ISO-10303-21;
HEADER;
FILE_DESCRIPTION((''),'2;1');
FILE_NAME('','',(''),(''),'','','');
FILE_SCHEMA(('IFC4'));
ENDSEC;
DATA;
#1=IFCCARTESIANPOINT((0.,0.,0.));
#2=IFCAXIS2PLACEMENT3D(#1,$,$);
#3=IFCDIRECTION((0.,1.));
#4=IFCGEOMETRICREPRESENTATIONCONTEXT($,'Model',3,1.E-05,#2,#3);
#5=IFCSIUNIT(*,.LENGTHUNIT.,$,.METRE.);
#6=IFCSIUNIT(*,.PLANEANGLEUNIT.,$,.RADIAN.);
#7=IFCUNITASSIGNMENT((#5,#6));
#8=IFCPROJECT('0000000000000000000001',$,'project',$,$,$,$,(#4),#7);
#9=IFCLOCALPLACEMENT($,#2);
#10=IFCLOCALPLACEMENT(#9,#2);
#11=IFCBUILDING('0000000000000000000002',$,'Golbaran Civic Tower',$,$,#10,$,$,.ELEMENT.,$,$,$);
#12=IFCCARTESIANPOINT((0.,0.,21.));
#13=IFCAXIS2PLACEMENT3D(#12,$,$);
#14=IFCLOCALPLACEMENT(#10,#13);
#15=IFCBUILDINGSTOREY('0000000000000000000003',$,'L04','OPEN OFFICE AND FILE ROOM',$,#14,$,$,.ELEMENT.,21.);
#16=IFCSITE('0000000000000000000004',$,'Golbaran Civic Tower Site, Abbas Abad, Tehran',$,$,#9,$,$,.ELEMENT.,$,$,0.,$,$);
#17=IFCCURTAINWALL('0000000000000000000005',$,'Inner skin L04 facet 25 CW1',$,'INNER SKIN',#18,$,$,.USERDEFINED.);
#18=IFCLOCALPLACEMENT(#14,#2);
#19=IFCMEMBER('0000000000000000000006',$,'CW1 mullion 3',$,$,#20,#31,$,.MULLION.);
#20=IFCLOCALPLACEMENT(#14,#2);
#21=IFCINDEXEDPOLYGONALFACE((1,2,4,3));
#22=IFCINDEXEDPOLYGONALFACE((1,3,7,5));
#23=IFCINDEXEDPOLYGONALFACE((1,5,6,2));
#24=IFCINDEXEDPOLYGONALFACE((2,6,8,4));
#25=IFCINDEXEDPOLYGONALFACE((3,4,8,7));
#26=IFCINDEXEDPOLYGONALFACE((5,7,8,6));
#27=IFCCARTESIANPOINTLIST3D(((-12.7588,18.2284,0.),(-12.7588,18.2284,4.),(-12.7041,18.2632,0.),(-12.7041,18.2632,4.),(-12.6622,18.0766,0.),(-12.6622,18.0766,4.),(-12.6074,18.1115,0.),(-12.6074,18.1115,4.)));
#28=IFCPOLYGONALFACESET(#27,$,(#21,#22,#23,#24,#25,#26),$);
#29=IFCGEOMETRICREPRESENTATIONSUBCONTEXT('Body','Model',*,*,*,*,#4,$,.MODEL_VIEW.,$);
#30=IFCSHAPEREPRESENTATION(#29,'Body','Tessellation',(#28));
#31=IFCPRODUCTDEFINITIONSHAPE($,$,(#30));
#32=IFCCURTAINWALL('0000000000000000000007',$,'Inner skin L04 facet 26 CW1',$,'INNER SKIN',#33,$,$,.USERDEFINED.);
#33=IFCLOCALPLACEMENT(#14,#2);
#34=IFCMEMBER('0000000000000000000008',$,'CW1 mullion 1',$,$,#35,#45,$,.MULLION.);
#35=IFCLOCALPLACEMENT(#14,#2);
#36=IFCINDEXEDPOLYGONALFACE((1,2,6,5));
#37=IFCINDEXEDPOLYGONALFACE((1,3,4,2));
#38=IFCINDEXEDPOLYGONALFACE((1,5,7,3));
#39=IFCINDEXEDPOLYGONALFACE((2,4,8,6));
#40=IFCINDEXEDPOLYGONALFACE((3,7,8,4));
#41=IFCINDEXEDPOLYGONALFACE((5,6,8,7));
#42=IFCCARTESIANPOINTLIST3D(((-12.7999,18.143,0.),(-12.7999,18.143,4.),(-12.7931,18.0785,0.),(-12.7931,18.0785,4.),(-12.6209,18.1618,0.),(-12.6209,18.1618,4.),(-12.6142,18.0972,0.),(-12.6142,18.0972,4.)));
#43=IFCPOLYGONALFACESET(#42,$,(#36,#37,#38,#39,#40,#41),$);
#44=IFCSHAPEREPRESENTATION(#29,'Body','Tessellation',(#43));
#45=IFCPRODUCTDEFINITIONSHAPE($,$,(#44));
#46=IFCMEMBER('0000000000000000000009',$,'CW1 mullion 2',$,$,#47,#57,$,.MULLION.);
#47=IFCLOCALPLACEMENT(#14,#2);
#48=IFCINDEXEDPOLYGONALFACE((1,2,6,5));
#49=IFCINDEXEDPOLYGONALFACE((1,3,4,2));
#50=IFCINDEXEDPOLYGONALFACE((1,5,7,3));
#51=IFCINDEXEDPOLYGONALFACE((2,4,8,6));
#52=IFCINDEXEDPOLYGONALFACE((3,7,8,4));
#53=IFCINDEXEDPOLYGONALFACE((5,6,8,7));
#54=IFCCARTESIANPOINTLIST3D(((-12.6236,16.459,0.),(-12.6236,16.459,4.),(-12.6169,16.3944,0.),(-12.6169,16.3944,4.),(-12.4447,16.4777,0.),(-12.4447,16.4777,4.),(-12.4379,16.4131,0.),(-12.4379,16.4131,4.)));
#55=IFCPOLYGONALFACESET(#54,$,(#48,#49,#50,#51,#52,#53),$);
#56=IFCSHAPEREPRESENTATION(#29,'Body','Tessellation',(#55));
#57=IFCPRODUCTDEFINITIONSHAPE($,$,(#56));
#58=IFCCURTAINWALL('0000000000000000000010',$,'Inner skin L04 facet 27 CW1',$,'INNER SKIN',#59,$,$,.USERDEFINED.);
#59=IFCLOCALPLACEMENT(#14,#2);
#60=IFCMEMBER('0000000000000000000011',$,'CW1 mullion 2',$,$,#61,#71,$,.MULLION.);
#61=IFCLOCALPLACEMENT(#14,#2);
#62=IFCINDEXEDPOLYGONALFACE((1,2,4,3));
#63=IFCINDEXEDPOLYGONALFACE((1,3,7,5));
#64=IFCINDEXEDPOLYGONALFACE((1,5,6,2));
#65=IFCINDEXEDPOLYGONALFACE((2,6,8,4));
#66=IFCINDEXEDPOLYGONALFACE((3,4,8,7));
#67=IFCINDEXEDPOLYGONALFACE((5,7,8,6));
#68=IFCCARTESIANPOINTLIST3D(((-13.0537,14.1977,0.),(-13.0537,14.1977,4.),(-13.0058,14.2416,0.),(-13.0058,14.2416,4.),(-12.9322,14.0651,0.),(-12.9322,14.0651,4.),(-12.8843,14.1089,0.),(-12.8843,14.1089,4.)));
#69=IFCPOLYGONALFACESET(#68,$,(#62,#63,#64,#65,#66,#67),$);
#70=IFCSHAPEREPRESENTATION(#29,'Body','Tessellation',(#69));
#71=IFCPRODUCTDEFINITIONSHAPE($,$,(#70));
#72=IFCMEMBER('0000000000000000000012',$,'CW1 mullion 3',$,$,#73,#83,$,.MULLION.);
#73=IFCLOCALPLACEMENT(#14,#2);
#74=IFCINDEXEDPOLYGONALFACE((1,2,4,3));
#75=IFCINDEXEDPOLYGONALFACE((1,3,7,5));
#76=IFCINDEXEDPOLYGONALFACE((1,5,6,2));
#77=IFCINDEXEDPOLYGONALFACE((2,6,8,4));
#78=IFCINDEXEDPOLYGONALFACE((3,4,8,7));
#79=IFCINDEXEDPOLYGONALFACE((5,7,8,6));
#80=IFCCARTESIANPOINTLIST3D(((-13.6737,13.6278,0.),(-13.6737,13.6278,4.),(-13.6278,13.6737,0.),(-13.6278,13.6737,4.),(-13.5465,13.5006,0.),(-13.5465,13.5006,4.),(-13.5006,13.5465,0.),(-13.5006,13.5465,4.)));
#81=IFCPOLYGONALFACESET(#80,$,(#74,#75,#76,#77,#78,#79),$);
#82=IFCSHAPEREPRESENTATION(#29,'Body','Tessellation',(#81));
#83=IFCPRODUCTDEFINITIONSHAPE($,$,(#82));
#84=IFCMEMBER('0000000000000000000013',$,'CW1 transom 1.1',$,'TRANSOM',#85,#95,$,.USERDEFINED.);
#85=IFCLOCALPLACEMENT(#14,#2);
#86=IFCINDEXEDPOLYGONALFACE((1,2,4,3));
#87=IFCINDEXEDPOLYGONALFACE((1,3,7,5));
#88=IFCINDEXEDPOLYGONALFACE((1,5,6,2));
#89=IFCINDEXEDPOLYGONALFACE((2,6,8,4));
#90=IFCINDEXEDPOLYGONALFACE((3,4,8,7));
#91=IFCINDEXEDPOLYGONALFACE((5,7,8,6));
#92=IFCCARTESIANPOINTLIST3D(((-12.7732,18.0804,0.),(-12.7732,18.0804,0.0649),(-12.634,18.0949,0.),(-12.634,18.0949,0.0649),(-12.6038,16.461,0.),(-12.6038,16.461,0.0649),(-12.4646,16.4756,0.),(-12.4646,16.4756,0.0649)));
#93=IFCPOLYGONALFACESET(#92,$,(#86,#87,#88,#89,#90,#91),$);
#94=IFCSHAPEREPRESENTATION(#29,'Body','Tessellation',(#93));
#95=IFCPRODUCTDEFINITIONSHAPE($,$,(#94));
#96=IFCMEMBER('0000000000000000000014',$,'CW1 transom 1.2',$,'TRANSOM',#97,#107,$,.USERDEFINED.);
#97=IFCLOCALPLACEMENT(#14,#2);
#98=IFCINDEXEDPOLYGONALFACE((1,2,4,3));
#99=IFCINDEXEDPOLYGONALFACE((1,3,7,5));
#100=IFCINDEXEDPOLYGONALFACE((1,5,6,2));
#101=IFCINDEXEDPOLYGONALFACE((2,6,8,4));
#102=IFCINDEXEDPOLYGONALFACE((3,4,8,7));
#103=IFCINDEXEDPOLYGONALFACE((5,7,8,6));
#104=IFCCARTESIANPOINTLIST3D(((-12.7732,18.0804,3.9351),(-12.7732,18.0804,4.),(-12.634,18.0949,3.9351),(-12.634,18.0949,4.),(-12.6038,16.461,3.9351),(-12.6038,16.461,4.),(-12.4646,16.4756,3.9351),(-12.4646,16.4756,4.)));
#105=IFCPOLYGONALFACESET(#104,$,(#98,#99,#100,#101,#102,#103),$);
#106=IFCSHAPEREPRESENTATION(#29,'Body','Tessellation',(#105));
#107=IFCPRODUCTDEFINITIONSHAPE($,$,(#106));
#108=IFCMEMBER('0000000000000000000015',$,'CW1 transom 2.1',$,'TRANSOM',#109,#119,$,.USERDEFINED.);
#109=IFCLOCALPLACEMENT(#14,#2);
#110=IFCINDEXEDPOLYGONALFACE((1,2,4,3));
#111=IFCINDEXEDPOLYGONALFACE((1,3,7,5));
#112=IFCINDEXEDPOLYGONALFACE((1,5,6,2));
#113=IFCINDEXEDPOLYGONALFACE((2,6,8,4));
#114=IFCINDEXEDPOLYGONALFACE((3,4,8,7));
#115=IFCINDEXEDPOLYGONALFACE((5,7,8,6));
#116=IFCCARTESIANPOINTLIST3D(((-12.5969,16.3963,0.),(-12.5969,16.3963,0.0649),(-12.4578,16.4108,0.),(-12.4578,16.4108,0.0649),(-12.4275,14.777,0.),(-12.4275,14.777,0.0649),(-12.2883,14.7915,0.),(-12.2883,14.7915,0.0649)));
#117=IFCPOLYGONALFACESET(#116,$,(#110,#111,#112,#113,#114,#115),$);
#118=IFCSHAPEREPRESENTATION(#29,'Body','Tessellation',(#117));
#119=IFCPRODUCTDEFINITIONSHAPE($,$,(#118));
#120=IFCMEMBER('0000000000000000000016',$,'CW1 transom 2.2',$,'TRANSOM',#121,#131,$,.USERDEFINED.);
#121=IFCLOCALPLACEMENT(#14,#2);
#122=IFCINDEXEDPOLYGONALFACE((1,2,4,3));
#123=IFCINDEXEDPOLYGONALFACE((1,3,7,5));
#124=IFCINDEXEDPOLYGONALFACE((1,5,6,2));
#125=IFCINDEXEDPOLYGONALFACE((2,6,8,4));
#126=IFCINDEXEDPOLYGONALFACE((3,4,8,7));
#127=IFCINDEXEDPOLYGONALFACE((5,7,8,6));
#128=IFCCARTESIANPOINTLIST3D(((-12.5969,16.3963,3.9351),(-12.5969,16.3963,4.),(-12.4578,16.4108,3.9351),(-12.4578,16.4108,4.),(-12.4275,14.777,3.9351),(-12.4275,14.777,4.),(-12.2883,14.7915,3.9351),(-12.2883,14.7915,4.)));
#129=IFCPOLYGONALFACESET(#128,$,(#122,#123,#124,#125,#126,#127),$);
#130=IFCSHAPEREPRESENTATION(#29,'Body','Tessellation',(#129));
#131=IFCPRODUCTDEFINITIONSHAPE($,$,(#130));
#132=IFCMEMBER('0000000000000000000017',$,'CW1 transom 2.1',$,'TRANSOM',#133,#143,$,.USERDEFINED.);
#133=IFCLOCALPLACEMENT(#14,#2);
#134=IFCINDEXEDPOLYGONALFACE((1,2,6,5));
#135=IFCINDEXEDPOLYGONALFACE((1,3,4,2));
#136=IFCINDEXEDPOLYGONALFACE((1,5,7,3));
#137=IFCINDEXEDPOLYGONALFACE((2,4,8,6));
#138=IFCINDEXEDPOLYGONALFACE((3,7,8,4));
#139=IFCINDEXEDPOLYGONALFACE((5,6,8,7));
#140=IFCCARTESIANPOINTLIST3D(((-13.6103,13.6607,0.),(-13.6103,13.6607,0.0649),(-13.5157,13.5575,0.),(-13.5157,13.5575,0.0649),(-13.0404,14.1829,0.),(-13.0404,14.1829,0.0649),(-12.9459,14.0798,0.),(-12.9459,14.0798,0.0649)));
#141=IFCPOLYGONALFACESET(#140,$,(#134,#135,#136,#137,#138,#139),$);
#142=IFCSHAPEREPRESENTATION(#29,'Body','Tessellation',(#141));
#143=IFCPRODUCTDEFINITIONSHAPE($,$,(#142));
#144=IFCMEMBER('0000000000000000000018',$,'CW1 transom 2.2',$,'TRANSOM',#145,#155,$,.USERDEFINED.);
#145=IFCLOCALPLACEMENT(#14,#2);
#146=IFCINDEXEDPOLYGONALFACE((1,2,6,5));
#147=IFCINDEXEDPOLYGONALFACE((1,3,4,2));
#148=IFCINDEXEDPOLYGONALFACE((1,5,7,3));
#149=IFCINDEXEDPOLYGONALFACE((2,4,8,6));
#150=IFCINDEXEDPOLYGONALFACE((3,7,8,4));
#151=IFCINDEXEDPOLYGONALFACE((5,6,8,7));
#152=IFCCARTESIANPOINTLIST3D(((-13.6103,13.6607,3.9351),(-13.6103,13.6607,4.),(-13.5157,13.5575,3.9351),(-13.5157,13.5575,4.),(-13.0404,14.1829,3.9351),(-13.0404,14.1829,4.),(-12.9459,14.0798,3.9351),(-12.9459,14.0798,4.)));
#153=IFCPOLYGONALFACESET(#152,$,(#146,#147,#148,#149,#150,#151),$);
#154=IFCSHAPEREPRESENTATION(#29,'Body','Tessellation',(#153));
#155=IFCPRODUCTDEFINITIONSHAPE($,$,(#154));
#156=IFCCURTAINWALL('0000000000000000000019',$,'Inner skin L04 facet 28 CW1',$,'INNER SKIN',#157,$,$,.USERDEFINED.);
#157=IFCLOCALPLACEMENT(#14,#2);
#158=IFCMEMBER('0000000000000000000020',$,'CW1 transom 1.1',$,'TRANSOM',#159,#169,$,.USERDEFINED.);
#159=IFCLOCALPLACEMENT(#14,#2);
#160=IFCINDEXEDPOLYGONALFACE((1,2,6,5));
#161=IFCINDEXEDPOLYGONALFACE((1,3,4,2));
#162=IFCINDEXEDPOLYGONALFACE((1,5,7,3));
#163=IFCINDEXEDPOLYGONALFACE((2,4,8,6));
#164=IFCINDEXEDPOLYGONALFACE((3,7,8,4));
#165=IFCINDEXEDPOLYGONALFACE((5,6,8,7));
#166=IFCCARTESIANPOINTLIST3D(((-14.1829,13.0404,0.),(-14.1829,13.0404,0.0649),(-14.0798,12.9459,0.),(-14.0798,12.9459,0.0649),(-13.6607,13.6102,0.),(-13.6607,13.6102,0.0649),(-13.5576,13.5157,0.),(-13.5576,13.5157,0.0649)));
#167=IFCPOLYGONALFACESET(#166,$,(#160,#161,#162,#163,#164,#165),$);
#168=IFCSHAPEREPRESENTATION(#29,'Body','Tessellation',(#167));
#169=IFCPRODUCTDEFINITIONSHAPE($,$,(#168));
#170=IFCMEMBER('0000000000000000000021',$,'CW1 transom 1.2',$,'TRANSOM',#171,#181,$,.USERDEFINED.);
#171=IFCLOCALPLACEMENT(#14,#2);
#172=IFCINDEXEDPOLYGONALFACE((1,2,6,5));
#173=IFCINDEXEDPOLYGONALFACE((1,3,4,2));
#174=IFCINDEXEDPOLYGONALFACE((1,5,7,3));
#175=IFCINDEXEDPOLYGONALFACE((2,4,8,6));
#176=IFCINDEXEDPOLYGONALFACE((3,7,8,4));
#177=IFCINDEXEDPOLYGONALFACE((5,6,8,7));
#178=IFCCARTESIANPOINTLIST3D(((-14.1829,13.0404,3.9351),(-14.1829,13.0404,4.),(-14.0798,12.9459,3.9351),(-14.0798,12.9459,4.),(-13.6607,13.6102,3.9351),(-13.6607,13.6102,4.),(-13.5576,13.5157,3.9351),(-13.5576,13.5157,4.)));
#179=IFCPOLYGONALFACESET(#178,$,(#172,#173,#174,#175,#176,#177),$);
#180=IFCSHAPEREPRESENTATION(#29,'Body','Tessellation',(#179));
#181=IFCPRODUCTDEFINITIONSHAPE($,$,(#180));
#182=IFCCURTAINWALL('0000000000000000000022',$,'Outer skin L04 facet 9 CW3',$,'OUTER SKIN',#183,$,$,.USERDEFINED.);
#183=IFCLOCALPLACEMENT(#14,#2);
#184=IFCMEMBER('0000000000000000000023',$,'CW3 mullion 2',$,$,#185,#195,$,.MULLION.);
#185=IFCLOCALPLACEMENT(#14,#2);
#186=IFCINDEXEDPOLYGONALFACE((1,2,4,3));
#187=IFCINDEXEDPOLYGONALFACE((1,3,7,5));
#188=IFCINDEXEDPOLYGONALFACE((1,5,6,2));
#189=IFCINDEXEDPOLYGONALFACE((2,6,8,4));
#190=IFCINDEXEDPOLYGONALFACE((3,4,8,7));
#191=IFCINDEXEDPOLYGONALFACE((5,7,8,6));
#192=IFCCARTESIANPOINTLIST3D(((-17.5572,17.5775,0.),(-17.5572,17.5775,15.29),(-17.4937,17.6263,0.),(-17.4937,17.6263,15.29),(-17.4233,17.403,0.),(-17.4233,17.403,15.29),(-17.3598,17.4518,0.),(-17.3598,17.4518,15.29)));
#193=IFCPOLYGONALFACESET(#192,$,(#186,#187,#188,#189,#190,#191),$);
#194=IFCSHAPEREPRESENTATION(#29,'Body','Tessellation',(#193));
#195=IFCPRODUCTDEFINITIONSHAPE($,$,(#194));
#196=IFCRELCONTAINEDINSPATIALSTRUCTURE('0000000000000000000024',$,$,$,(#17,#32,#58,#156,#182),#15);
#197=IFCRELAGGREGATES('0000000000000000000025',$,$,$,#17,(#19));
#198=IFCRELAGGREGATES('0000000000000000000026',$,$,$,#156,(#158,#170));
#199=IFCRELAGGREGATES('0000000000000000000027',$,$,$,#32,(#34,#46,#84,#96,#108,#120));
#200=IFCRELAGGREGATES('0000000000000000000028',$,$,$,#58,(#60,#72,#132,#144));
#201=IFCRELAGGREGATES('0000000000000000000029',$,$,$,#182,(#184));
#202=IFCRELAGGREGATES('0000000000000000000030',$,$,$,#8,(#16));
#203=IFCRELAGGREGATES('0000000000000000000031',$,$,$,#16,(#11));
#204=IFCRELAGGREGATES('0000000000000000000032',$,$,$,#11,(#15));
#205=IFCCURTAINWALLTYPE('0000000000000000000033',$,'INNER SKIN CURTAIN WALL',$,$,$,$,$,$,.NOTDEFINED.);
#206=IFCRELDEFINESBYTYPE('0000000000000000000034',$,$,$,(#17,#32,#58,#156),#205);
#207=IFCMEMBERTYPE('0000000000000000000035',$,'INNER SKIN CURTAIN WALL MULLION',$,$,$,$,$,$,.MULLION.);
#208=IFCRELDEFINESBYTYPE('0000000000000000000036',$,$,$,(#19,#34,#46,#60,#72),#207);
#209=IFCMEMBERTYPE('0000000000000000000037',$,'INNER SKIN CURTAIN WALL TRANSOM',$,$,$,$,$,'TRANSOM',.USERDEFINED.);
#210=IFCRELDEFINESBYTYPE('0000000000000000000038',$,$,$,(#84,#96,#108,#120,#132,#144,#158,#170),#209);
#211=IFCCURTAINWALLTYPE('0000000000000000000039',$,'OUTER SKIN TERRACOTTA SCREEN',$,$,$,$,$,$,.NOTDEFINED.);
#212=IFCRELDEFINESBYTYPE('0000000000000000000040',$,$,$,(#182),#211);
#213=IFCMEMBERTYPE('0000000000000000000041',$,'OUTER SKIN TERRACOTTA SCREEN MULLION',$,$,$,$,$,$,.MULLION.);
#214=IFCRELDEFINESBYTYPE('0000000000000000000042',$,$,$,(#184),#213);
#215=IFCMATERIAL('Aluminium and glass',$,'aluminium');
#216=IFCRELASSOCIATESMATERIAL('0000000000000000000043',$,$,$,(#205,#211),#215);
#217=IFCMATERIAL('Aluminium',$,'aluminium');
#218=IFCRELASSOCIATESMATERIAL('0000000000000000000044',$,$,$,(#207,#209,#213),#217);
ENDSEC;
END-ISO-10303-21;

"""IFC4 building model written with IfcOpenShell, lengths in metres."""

from ifc_helpers import new_model, si_unit, direction, frame, origin, origin_2d, place, context, subcontext, project, spatial, rectangle, extrude, material, material_profile, profile_set, type_object, element, aggregate, save


model = new_model("IFC4")

# Units and contexts
model_context = context("Model", 3, precision=1e-05, world=origin(), true_north=direction((0.0, 1.0)))
body_context = subcontext(model_context, "Body", "Model", "MODEL_VIEW")
ifc_project = project(units=[si_unit("LENGTHUNIT", "METRE"), si_unit("PLANEANGLEUNIT", "RADIAN")], contexts=[model_context])

# Site, building, storey
site_placement = place(None, origin())
site = spatial("IfcSite", under=ifc_project, at=site_placement, Name="Golbaran Civic Tower Site, Abbas Abad, Tehran", CompositionType="ELEMENT", RefElevation=0.0)
building_placement = place(site_placement, origin())
building = spatial("IfcBuilding", under=site, at=building_placement, Name="Golbaran Civic Tower", CompositionType="ELEMENT")
storey_placement = place(building_placement, frame((0.0, 0.0, 21.0)))
storey = spatial("IfcBuildingStorey", under=building, at=storey_placement, Name="L04", Description="OPEN OFFICE AND FILE ROOM", CompositionType="ELEMENT", Elevation=21.0)

# Curtain wall, member
ifc_material_1 = material(Name="Aluminium and glass", Category="aluminium")
curtain_wall_type_1 = type_object("IfcCurtainWallType", Name="INNER SKIN CURTAIN WALL", PredefinedType="NOTDEFINED", material=ifc_material_1)
curtain_wall_1_placement = place(storey_placement, origin())
curtain_wall_1 = element("IfcCurtainWall", 1, at=curtain_wall_1_placement, inside=storey, type_object=curtain_wall_type_1, Name="Inner skin L04 facet 25 CW1", ObjectType="INNER SKIN", PredefinedType="USERDEFINED")
ifc_material_2 = material(Name="Aluminium", Category="aluminium")
ifc_material_profile_1 = material_profile(ifc_material_2, rectangle(XDim=0.1799, YDim=0.0649, at=origin_2d()), Name="INNER SKIN CURTAIN WALL MULLION")
ifc_profile_set_1 = profile_set([ifc_material_profile_1], Name="Aluminium")
member_type_1 = type_object("IfcMemberType", Name="INNER SKIN CURTAIN WALL MULLION", PredefinedType="MULLION", material=ifc_profile_set_1)
member_1_placement = place(storey_placement, frame((-12.6831, 18.1699, 0.0), z_axis=(0.0, 0.0, 1.0), x_axis=(0.5373, -0.843391, 0.0)))
member_1 = element("IfcMember", 2, at=member_1_placement, type_object=member_type_1, Name="CW1 mullion 3", PredefinedType="MULLION", context=body_context, shape_type="SweptSolid", body=[
    extrude(rectangle(XDim=0.1799, YDim=0.0649, at=origin_2d()), origin(), (0.0, 0.0, 1.0), 4.0),
])
aggregate(curtain_wall_1, [member_1])

# Curtain walls, members
curtain_wall_2_placement = place(storey_placement, origin())
curtain_wall_2 = element("IfcCurtainWall", 3, at=curtain_wall_2_placement, inside=storey, type_object=curtain_wall_type_1, Name="Inner skin L04 facet 26 CW1", ObjectType="INNER SKIN", PredefinedType="USERDEFINED")
member_2_placement = place(storey_placement, frame((-12.707, 18.1201, 0.0), z_axis=(0.0, 0.0, 1.0), x_axis=(0.994568, 0.104093, 0.0)))
member_2 = element("IfcMember", 4, at=member_2_placement, type_object=member_type_1, Name="CW1 mullion 1", PredefinedType="MULLION", context=body_context, shape_type="SweptSolid", body=[
    extrude(rectangle(XDim=0.1799, YDim=0.0649, at=origin_2d()), origin(), (0.0, 0.0, 1.0), 4.0),
])
member_3_placement = place(storey_placement, frame((-12.5308, 16.436, 0.0), z_axis=(0.0, 0.0, 1.0), x_axis=(0.994568, 0.104093, 0.0)))
member_3 = element("IfcMember", 5, at=member_3_placement, type_object=member_type_1, Name="CW1 mullion 2", PredefinedType="MULLION", context=body_context, shape_type="SweptSolid", body=[
    extrude(rectangle(XDim=0.1799, YDim=0.0649, at=origin_2d()), origin(), (0.0, 0.0, 1.0), 4.0),
])
curtain_wall_3_placement = place(storey_placement, origin())
curtain_wall_3 = element("IfcCurtainWall", 6, at=curtain_wall_3_placement, inside=storey, type_object=curtain_wall_type_1, Name="Inner skin L04 facet 27 CW1", ObjectType="INNER SKIN", PredefinedType="USERDEFINED")
member_4_placement = place(storey_placement, frame((-12.969, 14.1533, 0.0), z_axis=(0.0, 0.0, 1.0), x_axis=(0.67559, -0.737277, 0.0)))
member_4 = element("IfcMember", 7, at=member_4_placement, type_object=member_type_1, Name="CW1 mullion 2", PredefinedType="MULLION", context=body_context, shape_type="SweptSolid", body=[
    extrude(rectangle(XDim=0.1799, YDim=0.0649, at=origin_2d()), origin(), (0.0, 0.0, 1.0), 4.0),
])
member_5_placement = place(storey_placement, frame((-13.5872, 13.5872, 0.0), z_axis=(0.0, 0.0, 1.0), x_axis=(0.707107, -0.707107, 0.0)))
member_5 = element("IfcMember", 8, at=member_5_placement, type_object=member_type_1, Name="CW1 mullion 3", PredefinedType="MULLION", context=body_context, shape_type="SweptSolid", body=[
    extrude(rectangle(XDim=0.1799, YDim=0.0649, at=origin_2d()), origin(), (0.0, 0.0, 1.0), 4.0),
])

# Members
ifc_material_profile_2 = material_profile(ifc_material_2, rectangle(XDim=0.1399, YDim=0.0649, at=origin_2d()), Name="INNER SKIN CURTAIN WALL TRANSOM")
ifc_profile_set_2 = profile_set([ifc_material_profile_2], Name="Aluminium")
member_type_2 = type_object("IfcMemberType", Name="INNER SKIN CURTAIN WALL TRANSOM", ElementType="TRANSOM", PredefinedType="USERDEFINED", material=ifc_profile_set_2)
member_6_placement = place(storey_placement, frame((-12.7036, 18.0876, 0.0325), z_axis=(0.10406, -0.994571, 0.0), x_axis=(0.994571, 0.10406, 0.0)))
member_6 = element("IfcMember", 9, at=member_6_placement, type_object=member_type_2, Name="CW1 transom 1.1", ObjectType="TRANSOM", PredefinedType="USERDEFINED", context=body_context, shape_type="SweptSolid", body=[
    extrude(rectangle(XDim=0.1399, YDim=0.0649, at=origin_2d()), origin(), (0.0, 0.0, 1.0), 1.6282),
])
member_7_placement = place(storey_placement, frame((-12.7036, 18.0876, 3.9675), z_axis=(0.10406, -0.994571, 0.0), x_axis=(0.994571, 0.10406, 0.0)))
member_7 = element("IfcMember", 10, at=member_7_placement, type_object=member_type_2, Name="CW1 transom 1.2", ObjectType="TRANSOM", PredefinedType="USERDEFINED", context=body_context, shape_type="SweptSolid", body=[
    extrude(rectangle(XDim=0.1399, YDim=0.0649, at=origin_2d()), origin(), (0.0, 0.0, 1.0), 1.6282),
])
member_8_placement = place(storey_placement, frame((-12.5273, 16.4036, 0.0325), z_axis=(0.10406, -0.994571, 0.0), x_axis=(0.994571, 0.10406, 0.0)))
member_8 = element("IfcMember", 11, at=member_8_placement, type_object=member_type_2, Name="CW1 transom 2.1", ObjectType="TRANSOM", PredefinedType="USERDEFINED", context=body_context, shape_type="SweptSolid", body=[
    extrude(rectangle(XDim=0.1399, YDim=0.0649, at=origin_2d()), origin(), (0.0, 0.0, 1.0), 1.6282),
])
member_9_placement = place(storey_placement, frame((-12.5273, 16.4036, 3.9675), z_axis=(0.10406, -0.994571, 0.0), x_axis=(0.994571, 0.10406, 0.0)))
member_9 = element("IfcMember", 12, at=member_9_placement, type_object=member_type_2, Name="CW1 transom 2.2", ObjectType="TRANSOM", PredefinedType="USERDEFINED", context=body_context, shape_type="SweptSolid", body=[
    extrude(rectangle(XDim=0.1399, YDim=0.0649, at=origin_2d()), origin(), (0.0, 0.0, 1.0), 1.6282),
])
member_10_placement = place(storey_placement, frame((-12.9932, 14.1313, 0.0325), z_axis=(-0.737233, -0.675639, 0.0), x_axis=(0.675639, -0.737233, 0.0)))
member_10 = element("IfcMember", 13, at=member_10_placement, type_object=member_type_2, Name="CW1 transom 2.1", ObjectType="TRANSOM", PredefinedType="USERDEFINED", context=body_context, shape_type="SweptSolid", body=[
    extrude(rectangle(XDim=0.1399, YDim=0.0649, at=origin_2d()), origin(), (0.0, 0.0, 1.0), 0.7729),
])
member_11_placement = place(storey_placement, frame((-12.9932, 14.1313, 3.9675), z_axis=(-0.737233, -0.675639, 0.0), x_axis=(0.675639, -0.737233, 0.0)))
member_11 = element("IfcMember", 14, at=member_11_placement, type_object=member_type_2, Name="CW1 transom 2.2", ObjectType="TRANSOM", PredefinedType="USERDEFINED", context=body_context, shape_type="SweptSolid", body=[
    extrude(rectangle(XDim=0.1399, YDim=0.0649, at=origin_2d()), origin(), (0.0, 0.0, 1.0), 0.7729),
])

# Curtain wall, members
curtain_wall_4_placement = place(storey_placement, origin())
curtain_wall_4 = element("IfcCurtainWall", 15, at=curtain_wall_4_placement, inside=storey, type_object=curtain_wall_type_1, Name="Inner skin L04 facet 28 CW1", ObjectType="INNER SKIN", PredefinedType="USERDEFINED")
member_12_placement = place(storey_placement, frame((-13.6091, 13.563, 0.0325), z_axis=(-0.675639, -0.737233, 0.0), x_axis=(0.737233, -0.675639, 0.0)))
member_12 = element("IfcMember", 16, at=member_12_placement, type_object=member_type_2, Name="CW1 transom 1.1", ObjectType="TRANSOM", PredefinedType="USERDEFINED", context=body_context, shape_type="SweptSolid", body=[
    extrude(rectangle(XDim=0.1399, YDim=0.0649, at=origin_2d()), origin(), (0.0, 0.0, 1.0), 0.7729),
])
member_13_placement = place(storey_placement, frame((-13.6091, 13.563, 3.9675), z_axis=(-0.675639, -0.737233, 0.0), x_axis=(0.737233, -0.675639, 0.0)))
member_13 = element("IfcMember", 17, at=member_13_placement, type_object=member_type_2, Name="CW1 transom 1.2", ObjectType="TRANSOM", PredefinedType="USERDEFINED", context=body_context, shape_type="SweptSolid", body=[
    extrude(rectangle(XDim=0.1399, YDim=0.0649, at=origin_2d()), origin(), (0.0, 0.0, 1.0), 0.7729),
])
aggregate(curtain_wall_4, [member_12, member_13])

# Curtain wall, member
curtain_wall_type_2 = type_object("IfcCurtainWallType", Name="OUTER SKIN TERRACOTTA SCREEN", PredefinedType="NOTDEFINED", material=ifc_material_1)
curtain_wall_5_placement = place(storey_placement, origin())
curtain_wall_5 = element("IfcCurtainWall", 18, at=curtain_wall_5_placement, inside=storey, type_object=curtain_wall_type_2, Name="Outer skin L04 facet 9 CW3", ObjectType="OUTER SKIN", PredefinedType="USERDEFINED")
ifc_material_profile_3 = material_profile(ifc_material_2, rectangle(XDim=0.22, YDim=0.0801, at=origin_2d()), Name="OUTER SKIN TERRACOTTA SCREEN MULLION")
ifc_profile_set_3 = profile_set([ifc_material_profile_3], Name="Aluminium")
member_type_3 = type_object("IfcMemberType", Name="OUTER SKIN TERRACOTTA SCREEN MULLION", PredefinedType="MULLION", material=ifc_profile_set_3)
member_14_placement = place(storey_placement, frame((-17.4585, 17.5146, 0.0), z_axis=(0.0, 0.0, 1.0), x_axis=(0.608761, -0.793353, 0.0)))
member_14 = element("IfcMember", 19, at=member_14_placement, type_object=member_type_3, Name="CW3 mullion 2", PredefinedType="MULLION", context=body_context, shape_type="SweptSolid", body=[
    extrude(rectangle(XDim=0.22, YDim=0.0801, at=origin_2d()), origin(), (0.0, 0.0, 1.0), 15.29),
])

aggregate(curtain_wall_2, [member_2, member_3, member_6, member_7, member_8, member_9])
aggregate(curtain_wall_3, [member_4, member_5, member_10, member_11])
aggregate(curtain_wall_5, [member_14])

save(model, "model.ifc")
